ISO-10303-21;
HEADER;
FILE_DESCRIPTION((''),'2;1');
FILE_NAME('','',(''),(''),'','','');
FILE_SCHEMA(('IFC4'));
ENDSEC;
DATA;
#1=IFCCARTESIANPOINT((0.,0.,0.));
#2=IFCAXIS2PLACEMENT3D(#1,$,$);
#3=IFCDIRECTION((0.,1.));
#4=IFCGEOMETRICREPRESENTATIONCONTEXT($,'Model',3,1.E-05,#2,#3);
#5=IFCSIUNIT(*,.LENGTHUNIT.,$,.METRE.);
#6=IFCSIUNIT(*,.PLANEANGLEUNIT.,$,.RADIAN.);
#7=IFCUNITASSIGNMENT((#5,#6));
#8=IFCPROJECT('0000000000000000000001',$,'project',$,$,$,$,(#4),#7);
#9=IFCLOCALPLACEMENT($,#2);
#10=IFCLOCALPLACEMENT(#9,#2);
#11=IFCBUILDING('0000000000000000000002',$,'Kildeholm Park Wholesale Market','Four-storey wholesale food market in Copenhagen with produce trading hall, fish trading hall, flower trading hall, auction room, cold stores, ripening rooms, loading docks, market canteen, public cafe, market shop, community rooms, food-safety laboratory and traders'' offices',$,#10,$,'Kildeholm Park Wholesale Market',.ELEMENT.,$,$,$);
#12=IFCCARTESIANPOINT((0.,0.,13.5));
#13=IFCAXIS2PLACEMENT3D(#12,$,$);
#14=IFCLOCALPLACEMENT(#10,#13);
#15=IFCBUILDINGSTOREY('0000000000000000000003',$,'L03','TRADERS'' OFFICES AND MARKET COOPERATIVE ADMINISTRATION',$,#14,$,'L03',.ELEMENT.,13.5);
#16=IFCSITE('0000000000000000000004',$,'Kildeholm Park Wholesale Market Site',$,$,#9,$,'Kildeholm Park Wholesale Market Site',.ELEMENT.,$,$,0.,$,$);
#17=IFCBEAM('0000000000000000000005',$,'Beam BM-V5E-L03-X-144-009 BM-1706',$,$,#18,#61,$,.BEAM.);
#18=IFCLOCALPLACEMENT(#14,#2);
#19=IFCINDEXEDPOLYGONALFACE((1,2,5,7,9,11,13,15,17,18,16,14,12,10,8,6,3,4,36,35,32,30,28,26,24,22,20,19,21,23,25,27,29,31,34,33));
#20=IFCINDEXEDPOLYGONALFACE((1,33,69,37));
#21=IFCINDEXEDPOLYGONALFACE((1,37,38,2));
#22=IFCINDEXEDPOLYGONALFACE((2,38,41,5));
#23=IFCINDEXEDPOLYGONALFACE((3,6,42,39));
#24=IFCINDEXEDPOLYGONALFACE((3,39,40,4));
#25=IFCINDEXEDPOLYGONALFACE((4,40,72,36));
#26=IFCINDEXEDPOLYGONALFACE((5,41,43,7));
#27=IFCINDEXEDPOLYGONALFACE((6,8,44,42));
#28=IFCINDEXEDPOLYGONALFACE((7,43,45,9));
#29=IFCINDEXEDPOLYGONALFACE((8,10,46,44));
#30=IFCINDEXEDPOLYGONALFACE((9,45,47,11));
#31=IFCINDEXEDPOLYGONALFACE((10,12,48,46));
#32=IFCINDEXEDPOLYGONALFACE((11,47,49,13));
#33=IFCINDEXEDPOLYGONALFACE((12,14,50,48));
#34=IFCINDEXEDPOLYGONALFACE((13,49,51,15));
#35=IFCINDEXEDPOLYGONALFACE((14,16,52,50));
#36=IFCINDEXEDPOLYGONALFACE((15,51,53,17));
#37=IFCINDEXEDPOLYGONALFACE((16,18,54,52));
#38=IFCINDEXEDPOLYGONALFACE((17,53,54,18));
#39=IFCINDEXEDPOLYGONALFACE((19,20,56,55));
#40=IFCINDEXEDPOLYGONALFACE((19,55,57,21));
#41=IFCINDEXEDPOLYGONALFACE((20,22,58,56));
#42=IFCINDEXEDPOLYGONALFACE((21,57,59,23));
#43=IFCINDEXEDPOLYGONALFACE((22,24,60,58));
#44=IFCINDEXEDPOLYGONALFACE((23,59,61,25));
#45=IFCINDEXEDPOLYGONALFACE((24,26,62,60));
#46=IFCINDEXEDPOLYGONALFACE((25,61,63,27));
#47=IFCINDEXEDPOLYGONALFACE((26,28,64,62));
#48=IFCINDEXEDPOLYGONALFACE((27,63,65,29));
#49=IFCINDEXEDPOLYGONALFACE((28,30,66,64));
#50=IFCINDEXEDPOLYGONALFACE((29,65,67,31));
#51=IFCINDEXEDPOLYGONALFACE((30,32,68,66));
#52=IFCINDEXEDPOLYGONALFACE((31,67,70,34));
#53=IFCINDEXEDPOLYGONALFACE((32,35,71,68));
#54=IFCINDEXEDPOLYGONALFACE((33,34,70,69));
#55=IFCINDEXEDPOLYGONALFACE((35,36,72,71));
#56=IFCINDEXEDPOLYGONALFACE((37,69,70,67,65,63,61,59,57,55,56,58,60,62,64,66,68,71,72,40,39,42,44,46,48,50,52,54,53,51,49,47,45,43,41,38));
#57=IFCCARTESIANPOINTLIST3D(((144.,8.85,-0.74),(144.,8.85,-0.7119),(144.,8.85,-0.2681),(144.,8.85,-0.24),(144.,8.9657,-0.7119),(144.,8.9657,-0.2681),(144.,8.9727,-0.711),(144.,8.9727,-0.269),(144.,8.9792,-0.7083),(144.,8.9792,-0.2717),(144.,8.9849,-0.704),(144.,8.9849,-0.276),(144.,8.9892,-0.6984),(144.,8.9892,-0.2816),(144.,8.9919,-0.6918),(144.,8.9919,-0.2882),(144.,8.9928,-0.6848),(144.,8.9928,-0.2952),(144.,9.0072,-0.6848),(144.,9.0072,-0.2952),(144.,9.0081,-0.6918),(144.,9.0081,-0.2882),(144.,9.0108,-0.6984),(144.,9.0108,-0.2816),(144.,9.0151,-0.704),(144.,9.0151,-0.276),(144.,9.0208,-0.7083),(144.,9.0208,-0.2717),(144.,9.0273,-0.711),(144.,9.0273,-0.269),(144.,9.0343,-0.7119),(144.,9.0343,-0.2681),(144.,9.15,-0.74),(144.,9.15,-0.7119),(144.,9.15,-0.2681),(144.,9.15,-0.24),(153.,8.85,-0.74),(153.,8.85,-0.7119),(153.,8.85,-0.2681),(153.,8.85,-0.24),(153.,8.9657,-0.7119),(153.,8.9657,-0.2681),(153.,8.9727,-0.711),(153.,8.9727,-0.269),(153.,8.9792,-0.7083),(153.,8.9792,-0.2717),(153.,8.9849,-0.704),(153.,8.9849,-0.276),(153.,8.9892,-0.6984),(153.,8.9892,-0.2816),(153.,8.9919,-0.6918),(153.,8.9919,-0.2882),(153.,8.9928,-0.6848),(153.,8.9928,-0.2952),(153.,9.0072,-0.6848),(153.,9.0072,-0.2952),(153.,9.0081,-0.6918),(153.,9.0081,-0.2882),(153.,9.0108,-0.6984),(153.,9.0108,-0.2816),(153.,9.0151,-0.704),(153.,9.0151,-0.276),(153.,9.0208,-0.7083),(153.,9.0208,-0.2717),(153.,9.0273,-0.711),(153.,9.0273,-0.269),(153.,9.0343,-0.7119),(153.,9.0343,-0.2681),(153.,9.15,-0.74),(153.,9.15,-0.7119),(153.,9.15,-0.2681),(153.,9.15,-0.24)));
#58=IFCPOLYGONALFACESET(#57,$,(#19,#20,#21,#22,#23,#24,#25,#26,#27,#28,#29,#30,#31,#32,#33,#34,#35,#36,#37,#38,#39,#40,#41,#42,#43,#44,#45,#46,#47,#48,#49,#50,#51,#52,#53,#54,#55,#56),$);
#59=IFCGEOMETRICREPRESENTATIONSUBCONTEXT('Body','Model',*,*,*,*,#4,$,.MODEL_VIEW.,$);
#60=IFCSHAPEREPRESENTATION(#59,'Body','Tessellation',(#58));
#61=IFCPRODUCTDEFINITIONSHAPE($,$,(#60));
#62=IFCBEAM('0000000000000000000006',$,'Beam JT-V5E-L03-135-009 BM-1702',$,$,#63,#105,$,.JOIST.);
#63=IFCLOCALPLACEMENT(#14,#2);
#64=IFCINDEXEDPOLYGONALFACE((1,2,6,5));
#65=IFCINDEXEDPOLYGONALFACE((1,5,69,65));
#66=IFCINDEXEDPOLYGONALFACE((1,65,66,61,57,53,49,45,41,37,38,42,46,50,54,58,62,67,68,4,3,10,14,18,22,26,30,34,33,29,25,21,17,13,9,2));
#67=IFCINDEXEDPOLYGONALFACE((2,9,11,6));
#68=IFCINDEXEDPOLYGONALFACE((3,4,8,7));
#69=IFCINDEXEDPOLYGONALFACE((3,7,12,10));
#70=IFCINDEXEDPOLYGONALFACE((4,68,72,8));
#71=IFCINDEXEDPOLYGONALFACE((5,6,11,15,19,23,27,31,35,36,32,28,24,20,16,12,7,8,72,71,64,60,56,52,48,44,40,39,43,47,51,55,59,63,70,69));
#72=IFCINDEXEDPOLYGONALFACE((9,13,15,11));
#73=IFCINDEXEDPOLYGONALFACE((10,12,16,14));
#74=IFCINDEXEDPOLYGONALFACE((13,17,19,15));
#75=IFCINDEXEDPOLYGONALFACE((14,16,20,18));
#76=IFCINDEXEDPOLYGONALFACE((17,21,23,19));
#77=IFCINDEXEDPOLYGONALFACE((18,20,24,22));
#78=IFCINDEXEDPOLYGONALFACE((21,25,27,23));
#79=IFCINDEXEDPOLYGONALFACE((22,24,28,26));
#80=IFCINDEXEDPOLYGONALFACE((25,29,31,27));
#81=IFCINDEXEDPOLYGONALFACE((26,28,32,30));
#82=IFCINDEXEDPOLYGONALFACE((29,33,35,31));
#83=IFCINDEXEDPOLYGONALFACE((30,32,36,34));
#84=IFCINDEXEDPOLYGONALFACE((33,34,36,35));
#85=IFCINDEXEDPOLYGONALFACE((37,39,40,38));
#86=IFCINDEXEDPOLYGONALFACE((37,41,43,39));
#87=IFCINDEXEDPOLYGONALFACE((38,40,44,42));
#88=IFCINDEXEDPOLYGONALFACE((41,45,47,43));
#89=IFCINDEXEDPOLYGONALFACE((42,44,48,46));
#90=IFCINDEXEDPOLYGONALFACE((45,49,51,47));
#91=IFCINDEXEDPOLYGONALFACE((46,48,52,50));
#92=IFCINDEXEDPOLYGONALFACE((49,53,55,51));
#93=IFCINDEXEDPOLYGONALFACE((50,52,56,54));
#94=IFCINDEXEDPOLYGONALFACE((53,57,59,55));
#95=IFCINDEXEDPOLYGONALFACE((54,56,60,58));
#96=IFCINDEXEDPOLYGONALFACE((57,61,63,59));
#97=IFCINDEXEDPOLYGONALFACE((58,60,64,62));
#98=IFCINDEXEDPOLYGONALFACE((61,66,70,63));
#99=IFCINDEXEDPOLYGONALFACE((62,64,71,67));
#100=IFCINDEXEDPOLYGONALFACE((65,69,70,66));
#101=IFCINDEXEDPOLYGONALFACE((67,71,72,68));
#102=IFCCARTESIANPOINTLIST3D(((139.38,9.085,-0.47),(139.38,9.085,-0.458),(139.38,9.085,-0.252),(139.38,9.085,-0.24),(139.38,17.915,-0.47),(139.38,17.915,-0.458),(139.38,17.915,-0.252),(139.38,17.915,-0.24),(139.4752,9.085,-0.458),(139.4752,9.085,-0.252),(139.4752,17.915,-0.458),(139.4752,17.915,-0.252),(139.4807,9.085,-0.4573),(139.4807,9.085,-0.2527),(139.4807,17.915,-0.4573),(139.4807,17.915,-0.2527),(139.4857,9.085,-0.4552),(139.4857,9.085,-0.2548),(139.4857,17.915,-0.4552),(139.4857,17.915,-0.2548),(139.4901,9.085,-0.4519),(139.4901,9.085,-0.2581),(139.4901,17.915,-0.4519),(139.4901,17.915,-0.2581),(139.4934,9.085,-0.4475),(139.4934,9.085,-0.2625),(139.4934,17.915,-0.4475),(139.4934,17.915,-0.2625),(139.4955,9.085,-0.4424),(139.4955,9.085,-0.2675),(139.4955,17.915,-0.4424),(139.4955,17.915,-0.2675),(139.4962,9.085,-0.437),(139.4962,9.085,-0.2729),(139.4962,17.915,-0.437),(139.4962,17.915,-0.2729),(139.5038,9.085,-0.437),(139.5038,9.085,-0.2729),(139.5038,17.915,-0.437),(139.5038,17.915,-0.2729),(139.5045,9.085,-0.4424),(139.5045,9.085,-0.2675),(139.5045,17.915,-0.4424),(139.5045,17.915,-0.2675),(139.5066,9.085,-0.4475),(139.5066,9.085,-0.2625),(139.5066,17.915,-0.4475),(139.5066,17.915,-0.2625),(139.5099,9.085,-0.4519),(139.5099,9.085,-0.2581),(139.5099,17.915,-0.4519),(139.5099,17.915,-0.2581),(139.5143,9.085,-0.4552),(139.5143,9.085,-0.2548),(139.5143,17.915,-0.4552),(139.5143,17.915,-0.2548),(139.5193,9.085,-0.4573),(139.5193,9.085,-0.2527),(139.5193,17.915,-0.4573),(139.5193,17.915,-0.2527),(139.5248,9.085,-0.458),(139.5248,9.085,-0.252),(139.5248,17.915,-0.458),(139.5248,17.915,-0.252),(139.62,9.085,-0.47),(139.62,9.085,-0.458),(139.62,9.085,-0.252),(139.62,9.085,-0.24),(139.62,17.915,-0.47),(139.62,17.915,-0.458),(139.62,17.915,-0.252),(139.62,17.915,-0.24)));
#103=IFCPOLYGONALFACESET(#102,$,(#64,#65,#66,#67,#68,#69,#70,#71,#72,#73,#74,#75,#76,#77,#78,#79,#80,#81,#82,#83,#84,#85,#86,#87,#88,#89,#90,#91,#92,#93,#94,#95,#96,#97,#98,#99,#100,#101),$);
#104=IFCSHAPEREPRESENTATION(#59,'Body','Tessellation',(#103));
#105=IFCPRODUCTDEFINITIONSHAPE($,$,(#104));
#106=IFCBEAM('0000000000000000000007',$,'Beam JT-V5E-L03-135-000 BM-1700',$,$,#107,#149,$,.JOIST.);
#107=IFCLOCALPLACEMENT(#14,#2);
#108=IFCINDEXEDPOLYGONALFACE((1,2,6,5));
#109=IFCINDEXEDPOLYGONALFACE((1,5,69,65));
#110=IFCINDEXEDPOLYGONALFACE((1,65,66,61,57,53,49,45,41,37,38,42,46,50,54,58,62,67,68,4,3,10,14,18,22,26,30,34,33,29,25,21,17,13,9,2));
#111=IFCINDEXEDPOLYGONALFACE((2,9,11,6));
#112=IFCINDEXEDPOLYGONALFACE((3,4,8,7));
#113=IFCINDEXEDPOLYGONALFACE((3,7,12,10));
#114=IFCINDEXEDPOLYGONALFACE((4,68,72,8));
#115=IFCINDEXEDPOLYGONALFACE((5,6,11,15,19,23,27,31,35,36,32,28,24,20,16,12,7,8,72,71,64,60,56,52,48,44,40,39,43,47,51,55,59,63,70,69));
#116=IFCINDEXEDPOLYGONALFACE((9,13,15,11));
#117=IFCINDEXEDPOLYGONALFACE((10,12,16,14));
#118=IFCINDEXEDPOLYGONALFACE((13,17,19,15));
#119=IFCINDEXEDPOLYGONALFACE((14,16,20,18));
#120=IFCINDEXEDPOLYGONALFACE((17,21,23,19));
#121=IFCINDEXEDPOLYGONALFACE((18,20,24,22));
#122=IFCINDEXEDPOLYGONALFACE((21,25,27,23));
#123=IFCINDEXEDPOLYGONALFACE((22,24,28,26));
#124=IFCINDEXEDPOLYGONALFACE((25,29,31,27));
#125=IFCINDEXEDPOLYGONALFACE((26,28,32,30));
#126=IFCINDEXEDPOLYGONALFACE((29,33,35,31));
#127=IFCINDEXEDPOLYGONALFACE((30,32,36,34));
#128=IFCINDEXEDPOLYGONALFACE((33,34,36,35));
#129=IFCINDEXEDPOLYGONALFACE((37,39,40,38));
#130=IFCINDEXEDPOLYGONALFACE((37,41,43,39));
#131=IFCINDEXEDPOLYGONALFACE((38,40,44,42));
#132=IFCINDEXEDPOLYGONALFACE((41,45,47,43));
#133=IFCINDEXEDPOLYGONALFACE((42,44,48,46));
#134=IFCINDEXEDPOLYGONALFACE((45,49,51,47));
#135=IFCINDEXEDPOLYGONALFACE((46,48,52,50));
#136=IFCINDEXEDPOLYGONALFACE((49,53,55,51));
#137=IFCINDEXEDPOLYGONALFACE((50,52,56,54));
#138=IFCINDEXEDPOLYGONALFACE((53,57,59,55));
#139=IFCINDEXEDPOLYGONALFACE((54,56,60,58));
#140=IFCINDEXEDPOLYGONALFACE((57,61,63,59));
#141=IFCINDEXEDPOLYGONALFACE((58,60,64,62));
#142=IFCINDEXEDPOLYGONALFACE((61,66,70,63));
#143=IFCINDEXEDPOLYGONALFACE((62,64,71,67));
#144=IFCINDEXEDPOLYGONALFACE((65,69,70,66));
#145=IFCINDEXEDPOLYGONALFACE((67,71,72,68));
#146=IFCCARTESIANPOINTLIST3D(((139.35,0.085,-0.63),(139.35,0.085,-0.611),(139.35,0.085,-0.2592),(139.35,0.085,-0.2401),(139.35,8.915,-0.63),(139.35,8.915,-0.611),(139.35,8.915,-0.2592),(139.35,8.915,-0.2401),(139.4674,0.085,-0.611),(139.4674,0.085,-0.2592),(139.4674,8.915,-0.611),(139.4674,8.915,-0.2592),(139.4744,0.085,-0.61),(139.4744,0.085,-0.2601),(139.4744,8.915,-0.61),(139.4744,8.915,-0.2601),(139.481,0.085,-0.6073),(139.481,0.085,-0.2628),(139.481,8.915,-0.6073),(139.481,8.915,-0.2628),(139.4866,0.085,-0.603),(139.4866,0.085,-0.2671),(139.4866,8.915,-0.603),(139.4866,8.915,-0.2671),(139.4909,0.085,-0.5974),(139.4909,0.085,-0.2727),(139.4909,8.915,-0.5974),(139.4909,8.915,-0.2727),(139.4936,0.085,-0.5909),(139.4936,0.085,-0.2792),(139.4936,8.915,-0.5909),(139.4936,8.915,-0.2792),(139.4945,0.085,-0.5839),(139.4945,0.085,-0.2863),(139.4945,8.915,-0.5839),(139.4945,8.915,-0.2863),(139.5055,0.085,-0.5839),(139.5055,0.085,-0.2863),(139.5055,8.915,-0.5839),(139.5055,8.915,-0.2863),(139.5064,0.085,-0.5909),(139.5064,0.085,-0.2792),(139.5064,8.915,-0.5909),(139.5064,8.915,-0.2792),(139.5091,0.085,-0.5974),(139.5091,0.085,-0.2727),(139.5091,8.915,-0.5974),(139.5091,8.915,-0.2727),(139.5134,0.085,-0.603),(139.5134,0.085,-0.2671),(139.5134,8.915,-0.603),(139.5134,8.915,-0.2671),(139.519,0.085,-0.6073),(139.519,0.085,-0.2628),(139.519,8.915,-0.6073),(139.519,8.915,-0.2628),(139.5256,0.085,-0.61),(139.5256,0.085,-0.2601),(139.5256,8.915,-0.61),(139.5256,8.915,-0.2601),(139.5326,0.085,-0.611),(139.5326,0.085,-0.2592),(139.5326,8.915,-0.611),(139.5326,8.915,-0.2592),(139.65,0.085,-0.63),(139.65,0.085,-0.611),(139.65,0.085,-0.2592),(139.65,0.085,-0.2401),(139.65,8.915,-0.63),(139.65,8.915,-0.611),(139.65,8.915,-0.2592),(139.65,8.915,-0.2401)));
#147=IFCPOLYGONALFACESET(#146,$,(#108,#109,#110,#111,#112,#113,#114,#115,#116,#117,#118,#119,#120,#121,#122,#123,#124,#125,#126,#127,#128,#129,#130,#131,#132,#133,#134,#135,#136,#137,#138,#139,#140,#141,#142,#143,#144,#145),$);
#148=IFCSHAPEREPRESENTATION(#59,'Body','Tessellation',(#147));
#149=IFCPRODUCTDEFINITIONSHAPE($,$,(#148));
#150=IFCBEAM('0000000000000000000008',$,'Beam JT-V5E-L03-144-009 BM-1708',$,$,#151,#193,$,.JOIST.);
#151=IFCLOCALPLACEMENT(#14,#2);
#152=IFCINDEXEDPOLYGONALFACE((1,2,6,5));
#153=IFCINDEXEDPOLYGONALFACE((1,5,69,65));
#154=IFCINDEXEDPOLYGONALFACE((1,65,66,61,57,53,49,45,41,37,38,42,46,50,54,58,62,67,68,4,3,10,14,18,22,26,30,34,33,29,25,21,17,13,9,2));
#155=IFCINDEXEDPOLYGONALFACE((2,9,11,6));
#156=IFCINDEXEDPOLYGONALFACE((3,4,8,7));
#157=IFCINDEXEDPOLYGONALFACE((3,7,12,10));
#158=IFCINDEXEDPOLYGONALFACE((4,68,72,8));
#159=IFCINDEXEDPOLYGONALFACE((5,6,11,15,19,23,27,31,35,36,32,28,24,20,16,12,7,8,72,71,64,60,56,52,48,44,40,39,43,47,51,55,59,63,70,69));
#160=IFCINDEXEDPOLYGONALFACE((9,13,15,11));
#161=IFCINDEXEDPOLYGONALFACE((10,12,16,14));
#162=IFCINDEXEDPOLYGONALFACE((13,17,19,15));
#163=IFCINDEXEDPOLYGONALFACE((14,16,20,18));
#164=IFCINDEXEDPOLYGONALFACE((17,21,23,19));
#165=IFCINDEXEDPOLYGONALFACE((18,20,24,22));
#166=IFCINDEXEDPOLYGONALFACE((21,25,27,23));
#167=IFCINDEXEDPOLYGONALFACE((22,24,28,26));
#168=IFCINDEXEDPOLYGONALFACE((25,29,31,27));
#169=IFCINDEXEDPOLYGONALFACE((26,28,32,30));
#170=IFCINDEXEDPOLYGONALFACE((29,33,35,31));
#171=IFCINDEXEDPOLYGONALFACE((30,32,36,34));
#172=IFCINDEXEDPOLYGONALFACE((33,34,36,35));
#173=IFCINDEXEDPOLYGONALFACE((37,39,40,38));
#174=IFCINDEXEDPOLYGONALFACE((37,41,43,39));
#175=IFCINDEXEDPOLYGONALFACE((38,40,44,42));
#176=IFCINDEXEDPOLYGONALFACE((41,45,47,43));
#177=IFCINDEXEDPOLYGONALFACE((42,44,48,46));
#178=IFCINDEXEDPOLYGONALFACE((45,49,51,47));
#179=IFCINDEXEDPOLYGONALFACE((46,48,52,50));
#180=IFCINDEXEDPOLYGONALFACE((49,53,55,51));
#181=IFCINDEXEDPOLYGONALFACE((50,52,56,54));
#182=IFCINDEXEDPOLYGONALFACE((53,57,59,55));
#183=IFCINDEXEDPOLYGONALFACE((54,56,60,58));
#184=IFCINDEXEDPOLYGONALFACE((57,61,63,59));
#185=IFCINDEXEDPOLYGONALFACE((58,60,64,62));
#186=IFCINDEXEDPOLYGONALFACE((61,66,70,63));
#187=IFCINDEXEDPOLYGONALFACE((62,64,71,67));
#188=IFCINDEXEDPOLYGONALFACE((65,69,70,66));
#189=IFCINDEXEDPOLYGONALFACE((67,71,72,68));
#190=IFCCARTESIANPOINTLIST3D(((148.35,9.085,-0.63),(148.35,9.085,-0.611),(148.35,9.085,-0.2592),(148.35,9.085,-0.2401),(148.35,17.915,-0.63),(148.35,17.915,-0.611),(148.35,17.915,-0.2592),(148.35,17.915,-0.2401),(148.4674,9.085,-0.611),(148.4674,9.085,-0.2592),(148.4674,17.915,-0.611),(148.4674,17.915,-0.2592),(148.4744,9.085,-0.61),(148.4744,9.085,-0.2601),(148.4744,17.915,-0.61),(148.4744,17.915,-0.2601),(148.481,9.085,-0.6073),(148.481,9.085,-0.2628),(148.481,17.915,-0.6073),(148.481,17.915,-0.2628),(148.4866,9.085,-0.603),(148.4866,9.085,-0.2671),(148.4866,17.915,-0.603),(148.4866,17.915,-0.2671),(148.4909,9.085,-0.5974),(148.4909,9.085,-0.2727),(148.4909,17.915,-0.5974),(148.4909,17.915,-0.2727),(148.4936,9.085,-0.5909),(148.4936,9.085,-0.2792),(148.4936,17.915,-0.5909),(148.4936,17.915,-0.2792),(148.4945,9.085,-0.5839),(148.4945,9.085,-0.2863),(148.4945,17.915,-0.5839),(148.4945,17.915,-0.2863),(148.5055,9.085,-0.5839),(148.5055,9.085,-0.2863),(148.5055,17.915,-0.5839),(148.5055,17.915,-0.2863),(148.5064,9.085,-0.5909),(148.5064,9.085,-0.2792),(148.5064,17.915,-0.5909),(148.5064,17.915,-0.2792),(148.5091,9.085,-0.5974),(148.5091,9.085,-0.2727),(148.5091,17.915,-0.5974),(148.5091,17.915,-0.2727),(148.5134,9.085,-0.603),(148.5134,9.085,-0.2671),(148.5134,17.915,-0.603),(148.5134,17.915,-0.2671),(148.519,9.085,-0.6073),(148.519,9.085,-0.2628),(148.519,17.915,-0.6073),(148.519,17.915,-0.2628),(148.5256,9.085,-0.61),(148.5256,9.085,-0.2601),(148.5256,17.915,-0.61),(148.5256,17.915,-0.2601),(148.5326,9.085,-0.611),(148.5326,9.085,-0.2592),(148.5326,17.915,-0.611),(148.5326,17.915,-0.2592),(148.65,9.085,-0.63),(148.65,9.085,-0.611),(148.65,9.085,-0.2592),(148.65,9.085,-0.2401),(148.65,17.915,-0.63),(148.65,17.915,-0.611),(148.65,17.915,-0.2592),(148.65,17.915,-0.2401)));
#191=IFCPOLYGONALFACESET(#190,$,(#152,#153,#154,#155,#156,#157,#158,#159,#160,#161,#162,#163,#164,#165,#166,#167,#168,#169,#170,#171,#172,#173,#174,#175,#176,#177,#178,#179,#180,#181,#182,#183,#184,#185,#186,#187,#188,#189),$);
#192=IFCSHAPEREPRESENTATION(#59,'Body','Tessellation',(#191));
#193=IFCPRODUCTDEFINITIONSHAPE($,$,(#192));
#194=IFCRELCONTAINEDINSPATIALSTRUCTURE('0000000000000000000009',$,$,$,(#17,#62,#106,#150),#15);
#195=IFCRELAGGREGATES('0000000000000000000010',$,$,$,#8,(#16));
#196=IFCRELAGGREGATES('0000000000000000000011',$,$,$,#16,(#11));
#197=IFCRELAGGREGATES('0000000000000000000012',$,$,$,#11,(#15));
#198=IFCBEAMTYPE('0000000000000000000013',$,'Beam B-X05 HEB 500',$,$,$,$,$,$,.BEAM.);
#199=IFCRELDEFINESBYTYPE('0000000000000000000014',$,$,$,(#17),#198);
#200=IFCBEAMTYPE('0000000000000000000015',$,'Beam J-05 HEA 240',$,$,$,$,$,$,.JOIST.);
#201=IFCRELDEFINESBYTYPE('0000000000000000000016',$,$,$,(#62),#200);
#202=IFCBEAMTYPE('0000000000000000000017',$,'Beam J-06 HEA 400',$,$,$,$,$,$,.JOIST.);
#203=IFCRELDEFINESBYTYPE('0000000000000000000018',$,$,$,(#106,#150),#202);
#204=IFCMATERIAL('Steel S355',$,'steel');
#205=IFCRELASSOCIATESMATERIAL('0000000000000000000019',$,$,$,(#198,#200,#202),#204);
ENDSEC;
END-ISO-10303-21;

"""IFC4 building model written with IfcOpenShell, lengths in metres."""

from ifc_helpers import new_model, si_unit, direction, frame, origin, origin_2d, place, context, subcontext, project, spatial, i_section, extrude, material, material_profile, profile_set, type_object, element, save


model = new_model("IFC4")

# Units and contexts
model_context = context("Model", 3, precision=1e-05, world=origin(), true_north=direction((0.0, 1.0)))
body_context = subcontext(model_context, "Body", "Model", "MODEL_VIEW")
ifc_project = project(units=[si_unit("LENGTHUNIT", "METRE"), si_unit("PLANEANGLEUNIT", "RADIAN")], contexts=[model_context])

# Site, building, storey
site_placement = place(None, origin())
site = spatial("IfcSite", under=ifc_project, at=site_placement, Name="Kildeholm Park Wholesale Market Site", LongName="Kildeholm Park Wholesale Market Site", CompositionType="ELEMENT", RefElevation=0.0)
building_placement = place(site_placement, origin())
building = spatial("IfcBuilding", under=site, at=building_placement, Name="Kildeholm Park Wholesale Market", Description="Four-storey wholesale food market in Copenhagen with produce trading hall, fish trading hall, flower trading hall, auction room, cold stores, ripening rooms, loading docks, market canteen, public cafe, market shop, community rooms, food-safety laboratory and traders' offices", LongName="Kildeholm Park Wholesale Market", CompositionType="ELEMENT")
storey_placement = place(building_placement, frame((0.0, 0.0, 13.5)))
storey = spatial("IfcBuildingStorey", under=building, at=storey_placement, Name="L03", Description="TRADERS' OFFICES AND MARKET COOPERATIVE ADMINISTRATION", LongName="L03", CompositionType="ELEMENT", Elevation=13.5)

# Shared definitions
ifc_material_1 = material(Name="Steel S355", Category="steel")

# Beams
ifc_material_profile_1 = material_profile(ifc_material_1, i_section(OverallWidth=0.3, OverallDepth=0.5, WebThickness=0.0144, FlangeThickness=0.0281, FilletRadius=0.0271, at=origin_2d()), Name="HEB 500")
ifc_profile_set_1 = profile_set([ifc_material_profile_1], Name="Steel S355")
beam_type_1 = type_object("IfcBeamType", Name="Beam B-X05 HEB 500", PredefinedType="BEAM", material=ifc_profile_set_1)
beam_1_placement = place(storey_placement, frame((144.0, 9.0, -0.49), z_axis=(1.0, 0.0, 0.0), x_axis=(0.0, 1.0, 0.0)))
element("IfcBeam", 1, at=beam_1_placement, inside=storey, type_object=beam_type_1, Name="Beam BM-V5E-L03-X-144-009 BM-1706", PredefinedType="BEAM", context=body_context, shape_type="SweptSolid", body=[
    extrude(i_section(OverallWidth=0.3, OverallDepth=0.5, WebThickness=0.0144, FlangeThickness=0.0281, FilletRadius=0.0271, at=origin_2d()), origin(), (0.0, 0.0, 1.0), 9.0),
])
ifc_material_profile_2 = material_profile(ifc_material_1, i_section(OverallWidth=0.24, OverallDepth=0.23, WebThickness=0.0076, FlangeThickness=0.012, FilletRadius=0.021, at=origin_2d()), Name="HEA 240")
ifc_profile_set_2 = profile_set([ifc_material_profile_2], Name="Steel S355")
beam_type_2 = type_object("IfcBeamType", Name="Beam J-05 HEA 240", PredefinedType="JOIST", material=ifc_profile_set_2)
beam_2_placement = place(storey_placement, frame((139.5, 9.085, -0.355), z_axis=(0.0, 1.0, 0.0), x_axis=(-1.0, 0.0, 0.0)))
element("IfcBeam", 2, at=beam_2_placement, inside=storey, type_object=beam_type_2, Name="Beam JT-V5E-L03-135-009 BM-1702", PredefinedType="JOIST", context=body_context, shape_type="SweptSolid", body=[
    extrude(i_section(OverallWidth=0.24, OverallDepth=0.23, WebThickness=0.0076, FlangeThickness=0.012, FilletRadius=0.021, at=origin_2d()), origin(), (0.0, 0.0, 1.0), 8.8301),
])
ifc_material_profile_3 = material_profile(ifc_material_1, i_section(OverallWidth=0.3, OverallDepth=0.3899, WebThickness=0.011, FlangeThickness=0.019, FilletRadius=0.0271, at=origin_2d()), Name="HEA 400")
ifc_profile_set_3 = profile_set([ifc_material_profile_3], Name="Steel S355")
beam_type_3 = type_object("IfcBeamType", Name="Beam J-06 HEA 400", PredefinedType="JOIST", material=ifc_profile_set_3)
for number, where, z_axis, x_axis, name in (
    (3, (139.5, 0.085, -0.4351), (0.0, 1.0, 0.0), (-1.0, 0.0, 0.0), "Beam JT-V5E-L03-135-000 BM-1700"),
    (4, (148.5, 9.085, -0.4351), (0.0, 1.0, 0.0), (-1.0, 0.0, 0.0), "Beam JT-V5E-L03-144-009 BM-1708"),
):
    element("IfcBeam", number, at=place(storey_placement, frame(where, z_axis=z_axis, x_axis=x_axis)), inside=storey, type_object=beam_type_3, Name=name, PredefinedType="JOIST", context=body_context, shape_type="SweptSolid", body=[
        extrude(i_section(OverallWidth=0.3, OverallDepth=0.3899, WebThickness=0.011, FlangeThickness=0.019, FilletRadius=0.0271, at=origin_2d()), origin(), (0.0, 0.0, 1.0), 8.8301),
    ])

save(model, "model.ifc")
